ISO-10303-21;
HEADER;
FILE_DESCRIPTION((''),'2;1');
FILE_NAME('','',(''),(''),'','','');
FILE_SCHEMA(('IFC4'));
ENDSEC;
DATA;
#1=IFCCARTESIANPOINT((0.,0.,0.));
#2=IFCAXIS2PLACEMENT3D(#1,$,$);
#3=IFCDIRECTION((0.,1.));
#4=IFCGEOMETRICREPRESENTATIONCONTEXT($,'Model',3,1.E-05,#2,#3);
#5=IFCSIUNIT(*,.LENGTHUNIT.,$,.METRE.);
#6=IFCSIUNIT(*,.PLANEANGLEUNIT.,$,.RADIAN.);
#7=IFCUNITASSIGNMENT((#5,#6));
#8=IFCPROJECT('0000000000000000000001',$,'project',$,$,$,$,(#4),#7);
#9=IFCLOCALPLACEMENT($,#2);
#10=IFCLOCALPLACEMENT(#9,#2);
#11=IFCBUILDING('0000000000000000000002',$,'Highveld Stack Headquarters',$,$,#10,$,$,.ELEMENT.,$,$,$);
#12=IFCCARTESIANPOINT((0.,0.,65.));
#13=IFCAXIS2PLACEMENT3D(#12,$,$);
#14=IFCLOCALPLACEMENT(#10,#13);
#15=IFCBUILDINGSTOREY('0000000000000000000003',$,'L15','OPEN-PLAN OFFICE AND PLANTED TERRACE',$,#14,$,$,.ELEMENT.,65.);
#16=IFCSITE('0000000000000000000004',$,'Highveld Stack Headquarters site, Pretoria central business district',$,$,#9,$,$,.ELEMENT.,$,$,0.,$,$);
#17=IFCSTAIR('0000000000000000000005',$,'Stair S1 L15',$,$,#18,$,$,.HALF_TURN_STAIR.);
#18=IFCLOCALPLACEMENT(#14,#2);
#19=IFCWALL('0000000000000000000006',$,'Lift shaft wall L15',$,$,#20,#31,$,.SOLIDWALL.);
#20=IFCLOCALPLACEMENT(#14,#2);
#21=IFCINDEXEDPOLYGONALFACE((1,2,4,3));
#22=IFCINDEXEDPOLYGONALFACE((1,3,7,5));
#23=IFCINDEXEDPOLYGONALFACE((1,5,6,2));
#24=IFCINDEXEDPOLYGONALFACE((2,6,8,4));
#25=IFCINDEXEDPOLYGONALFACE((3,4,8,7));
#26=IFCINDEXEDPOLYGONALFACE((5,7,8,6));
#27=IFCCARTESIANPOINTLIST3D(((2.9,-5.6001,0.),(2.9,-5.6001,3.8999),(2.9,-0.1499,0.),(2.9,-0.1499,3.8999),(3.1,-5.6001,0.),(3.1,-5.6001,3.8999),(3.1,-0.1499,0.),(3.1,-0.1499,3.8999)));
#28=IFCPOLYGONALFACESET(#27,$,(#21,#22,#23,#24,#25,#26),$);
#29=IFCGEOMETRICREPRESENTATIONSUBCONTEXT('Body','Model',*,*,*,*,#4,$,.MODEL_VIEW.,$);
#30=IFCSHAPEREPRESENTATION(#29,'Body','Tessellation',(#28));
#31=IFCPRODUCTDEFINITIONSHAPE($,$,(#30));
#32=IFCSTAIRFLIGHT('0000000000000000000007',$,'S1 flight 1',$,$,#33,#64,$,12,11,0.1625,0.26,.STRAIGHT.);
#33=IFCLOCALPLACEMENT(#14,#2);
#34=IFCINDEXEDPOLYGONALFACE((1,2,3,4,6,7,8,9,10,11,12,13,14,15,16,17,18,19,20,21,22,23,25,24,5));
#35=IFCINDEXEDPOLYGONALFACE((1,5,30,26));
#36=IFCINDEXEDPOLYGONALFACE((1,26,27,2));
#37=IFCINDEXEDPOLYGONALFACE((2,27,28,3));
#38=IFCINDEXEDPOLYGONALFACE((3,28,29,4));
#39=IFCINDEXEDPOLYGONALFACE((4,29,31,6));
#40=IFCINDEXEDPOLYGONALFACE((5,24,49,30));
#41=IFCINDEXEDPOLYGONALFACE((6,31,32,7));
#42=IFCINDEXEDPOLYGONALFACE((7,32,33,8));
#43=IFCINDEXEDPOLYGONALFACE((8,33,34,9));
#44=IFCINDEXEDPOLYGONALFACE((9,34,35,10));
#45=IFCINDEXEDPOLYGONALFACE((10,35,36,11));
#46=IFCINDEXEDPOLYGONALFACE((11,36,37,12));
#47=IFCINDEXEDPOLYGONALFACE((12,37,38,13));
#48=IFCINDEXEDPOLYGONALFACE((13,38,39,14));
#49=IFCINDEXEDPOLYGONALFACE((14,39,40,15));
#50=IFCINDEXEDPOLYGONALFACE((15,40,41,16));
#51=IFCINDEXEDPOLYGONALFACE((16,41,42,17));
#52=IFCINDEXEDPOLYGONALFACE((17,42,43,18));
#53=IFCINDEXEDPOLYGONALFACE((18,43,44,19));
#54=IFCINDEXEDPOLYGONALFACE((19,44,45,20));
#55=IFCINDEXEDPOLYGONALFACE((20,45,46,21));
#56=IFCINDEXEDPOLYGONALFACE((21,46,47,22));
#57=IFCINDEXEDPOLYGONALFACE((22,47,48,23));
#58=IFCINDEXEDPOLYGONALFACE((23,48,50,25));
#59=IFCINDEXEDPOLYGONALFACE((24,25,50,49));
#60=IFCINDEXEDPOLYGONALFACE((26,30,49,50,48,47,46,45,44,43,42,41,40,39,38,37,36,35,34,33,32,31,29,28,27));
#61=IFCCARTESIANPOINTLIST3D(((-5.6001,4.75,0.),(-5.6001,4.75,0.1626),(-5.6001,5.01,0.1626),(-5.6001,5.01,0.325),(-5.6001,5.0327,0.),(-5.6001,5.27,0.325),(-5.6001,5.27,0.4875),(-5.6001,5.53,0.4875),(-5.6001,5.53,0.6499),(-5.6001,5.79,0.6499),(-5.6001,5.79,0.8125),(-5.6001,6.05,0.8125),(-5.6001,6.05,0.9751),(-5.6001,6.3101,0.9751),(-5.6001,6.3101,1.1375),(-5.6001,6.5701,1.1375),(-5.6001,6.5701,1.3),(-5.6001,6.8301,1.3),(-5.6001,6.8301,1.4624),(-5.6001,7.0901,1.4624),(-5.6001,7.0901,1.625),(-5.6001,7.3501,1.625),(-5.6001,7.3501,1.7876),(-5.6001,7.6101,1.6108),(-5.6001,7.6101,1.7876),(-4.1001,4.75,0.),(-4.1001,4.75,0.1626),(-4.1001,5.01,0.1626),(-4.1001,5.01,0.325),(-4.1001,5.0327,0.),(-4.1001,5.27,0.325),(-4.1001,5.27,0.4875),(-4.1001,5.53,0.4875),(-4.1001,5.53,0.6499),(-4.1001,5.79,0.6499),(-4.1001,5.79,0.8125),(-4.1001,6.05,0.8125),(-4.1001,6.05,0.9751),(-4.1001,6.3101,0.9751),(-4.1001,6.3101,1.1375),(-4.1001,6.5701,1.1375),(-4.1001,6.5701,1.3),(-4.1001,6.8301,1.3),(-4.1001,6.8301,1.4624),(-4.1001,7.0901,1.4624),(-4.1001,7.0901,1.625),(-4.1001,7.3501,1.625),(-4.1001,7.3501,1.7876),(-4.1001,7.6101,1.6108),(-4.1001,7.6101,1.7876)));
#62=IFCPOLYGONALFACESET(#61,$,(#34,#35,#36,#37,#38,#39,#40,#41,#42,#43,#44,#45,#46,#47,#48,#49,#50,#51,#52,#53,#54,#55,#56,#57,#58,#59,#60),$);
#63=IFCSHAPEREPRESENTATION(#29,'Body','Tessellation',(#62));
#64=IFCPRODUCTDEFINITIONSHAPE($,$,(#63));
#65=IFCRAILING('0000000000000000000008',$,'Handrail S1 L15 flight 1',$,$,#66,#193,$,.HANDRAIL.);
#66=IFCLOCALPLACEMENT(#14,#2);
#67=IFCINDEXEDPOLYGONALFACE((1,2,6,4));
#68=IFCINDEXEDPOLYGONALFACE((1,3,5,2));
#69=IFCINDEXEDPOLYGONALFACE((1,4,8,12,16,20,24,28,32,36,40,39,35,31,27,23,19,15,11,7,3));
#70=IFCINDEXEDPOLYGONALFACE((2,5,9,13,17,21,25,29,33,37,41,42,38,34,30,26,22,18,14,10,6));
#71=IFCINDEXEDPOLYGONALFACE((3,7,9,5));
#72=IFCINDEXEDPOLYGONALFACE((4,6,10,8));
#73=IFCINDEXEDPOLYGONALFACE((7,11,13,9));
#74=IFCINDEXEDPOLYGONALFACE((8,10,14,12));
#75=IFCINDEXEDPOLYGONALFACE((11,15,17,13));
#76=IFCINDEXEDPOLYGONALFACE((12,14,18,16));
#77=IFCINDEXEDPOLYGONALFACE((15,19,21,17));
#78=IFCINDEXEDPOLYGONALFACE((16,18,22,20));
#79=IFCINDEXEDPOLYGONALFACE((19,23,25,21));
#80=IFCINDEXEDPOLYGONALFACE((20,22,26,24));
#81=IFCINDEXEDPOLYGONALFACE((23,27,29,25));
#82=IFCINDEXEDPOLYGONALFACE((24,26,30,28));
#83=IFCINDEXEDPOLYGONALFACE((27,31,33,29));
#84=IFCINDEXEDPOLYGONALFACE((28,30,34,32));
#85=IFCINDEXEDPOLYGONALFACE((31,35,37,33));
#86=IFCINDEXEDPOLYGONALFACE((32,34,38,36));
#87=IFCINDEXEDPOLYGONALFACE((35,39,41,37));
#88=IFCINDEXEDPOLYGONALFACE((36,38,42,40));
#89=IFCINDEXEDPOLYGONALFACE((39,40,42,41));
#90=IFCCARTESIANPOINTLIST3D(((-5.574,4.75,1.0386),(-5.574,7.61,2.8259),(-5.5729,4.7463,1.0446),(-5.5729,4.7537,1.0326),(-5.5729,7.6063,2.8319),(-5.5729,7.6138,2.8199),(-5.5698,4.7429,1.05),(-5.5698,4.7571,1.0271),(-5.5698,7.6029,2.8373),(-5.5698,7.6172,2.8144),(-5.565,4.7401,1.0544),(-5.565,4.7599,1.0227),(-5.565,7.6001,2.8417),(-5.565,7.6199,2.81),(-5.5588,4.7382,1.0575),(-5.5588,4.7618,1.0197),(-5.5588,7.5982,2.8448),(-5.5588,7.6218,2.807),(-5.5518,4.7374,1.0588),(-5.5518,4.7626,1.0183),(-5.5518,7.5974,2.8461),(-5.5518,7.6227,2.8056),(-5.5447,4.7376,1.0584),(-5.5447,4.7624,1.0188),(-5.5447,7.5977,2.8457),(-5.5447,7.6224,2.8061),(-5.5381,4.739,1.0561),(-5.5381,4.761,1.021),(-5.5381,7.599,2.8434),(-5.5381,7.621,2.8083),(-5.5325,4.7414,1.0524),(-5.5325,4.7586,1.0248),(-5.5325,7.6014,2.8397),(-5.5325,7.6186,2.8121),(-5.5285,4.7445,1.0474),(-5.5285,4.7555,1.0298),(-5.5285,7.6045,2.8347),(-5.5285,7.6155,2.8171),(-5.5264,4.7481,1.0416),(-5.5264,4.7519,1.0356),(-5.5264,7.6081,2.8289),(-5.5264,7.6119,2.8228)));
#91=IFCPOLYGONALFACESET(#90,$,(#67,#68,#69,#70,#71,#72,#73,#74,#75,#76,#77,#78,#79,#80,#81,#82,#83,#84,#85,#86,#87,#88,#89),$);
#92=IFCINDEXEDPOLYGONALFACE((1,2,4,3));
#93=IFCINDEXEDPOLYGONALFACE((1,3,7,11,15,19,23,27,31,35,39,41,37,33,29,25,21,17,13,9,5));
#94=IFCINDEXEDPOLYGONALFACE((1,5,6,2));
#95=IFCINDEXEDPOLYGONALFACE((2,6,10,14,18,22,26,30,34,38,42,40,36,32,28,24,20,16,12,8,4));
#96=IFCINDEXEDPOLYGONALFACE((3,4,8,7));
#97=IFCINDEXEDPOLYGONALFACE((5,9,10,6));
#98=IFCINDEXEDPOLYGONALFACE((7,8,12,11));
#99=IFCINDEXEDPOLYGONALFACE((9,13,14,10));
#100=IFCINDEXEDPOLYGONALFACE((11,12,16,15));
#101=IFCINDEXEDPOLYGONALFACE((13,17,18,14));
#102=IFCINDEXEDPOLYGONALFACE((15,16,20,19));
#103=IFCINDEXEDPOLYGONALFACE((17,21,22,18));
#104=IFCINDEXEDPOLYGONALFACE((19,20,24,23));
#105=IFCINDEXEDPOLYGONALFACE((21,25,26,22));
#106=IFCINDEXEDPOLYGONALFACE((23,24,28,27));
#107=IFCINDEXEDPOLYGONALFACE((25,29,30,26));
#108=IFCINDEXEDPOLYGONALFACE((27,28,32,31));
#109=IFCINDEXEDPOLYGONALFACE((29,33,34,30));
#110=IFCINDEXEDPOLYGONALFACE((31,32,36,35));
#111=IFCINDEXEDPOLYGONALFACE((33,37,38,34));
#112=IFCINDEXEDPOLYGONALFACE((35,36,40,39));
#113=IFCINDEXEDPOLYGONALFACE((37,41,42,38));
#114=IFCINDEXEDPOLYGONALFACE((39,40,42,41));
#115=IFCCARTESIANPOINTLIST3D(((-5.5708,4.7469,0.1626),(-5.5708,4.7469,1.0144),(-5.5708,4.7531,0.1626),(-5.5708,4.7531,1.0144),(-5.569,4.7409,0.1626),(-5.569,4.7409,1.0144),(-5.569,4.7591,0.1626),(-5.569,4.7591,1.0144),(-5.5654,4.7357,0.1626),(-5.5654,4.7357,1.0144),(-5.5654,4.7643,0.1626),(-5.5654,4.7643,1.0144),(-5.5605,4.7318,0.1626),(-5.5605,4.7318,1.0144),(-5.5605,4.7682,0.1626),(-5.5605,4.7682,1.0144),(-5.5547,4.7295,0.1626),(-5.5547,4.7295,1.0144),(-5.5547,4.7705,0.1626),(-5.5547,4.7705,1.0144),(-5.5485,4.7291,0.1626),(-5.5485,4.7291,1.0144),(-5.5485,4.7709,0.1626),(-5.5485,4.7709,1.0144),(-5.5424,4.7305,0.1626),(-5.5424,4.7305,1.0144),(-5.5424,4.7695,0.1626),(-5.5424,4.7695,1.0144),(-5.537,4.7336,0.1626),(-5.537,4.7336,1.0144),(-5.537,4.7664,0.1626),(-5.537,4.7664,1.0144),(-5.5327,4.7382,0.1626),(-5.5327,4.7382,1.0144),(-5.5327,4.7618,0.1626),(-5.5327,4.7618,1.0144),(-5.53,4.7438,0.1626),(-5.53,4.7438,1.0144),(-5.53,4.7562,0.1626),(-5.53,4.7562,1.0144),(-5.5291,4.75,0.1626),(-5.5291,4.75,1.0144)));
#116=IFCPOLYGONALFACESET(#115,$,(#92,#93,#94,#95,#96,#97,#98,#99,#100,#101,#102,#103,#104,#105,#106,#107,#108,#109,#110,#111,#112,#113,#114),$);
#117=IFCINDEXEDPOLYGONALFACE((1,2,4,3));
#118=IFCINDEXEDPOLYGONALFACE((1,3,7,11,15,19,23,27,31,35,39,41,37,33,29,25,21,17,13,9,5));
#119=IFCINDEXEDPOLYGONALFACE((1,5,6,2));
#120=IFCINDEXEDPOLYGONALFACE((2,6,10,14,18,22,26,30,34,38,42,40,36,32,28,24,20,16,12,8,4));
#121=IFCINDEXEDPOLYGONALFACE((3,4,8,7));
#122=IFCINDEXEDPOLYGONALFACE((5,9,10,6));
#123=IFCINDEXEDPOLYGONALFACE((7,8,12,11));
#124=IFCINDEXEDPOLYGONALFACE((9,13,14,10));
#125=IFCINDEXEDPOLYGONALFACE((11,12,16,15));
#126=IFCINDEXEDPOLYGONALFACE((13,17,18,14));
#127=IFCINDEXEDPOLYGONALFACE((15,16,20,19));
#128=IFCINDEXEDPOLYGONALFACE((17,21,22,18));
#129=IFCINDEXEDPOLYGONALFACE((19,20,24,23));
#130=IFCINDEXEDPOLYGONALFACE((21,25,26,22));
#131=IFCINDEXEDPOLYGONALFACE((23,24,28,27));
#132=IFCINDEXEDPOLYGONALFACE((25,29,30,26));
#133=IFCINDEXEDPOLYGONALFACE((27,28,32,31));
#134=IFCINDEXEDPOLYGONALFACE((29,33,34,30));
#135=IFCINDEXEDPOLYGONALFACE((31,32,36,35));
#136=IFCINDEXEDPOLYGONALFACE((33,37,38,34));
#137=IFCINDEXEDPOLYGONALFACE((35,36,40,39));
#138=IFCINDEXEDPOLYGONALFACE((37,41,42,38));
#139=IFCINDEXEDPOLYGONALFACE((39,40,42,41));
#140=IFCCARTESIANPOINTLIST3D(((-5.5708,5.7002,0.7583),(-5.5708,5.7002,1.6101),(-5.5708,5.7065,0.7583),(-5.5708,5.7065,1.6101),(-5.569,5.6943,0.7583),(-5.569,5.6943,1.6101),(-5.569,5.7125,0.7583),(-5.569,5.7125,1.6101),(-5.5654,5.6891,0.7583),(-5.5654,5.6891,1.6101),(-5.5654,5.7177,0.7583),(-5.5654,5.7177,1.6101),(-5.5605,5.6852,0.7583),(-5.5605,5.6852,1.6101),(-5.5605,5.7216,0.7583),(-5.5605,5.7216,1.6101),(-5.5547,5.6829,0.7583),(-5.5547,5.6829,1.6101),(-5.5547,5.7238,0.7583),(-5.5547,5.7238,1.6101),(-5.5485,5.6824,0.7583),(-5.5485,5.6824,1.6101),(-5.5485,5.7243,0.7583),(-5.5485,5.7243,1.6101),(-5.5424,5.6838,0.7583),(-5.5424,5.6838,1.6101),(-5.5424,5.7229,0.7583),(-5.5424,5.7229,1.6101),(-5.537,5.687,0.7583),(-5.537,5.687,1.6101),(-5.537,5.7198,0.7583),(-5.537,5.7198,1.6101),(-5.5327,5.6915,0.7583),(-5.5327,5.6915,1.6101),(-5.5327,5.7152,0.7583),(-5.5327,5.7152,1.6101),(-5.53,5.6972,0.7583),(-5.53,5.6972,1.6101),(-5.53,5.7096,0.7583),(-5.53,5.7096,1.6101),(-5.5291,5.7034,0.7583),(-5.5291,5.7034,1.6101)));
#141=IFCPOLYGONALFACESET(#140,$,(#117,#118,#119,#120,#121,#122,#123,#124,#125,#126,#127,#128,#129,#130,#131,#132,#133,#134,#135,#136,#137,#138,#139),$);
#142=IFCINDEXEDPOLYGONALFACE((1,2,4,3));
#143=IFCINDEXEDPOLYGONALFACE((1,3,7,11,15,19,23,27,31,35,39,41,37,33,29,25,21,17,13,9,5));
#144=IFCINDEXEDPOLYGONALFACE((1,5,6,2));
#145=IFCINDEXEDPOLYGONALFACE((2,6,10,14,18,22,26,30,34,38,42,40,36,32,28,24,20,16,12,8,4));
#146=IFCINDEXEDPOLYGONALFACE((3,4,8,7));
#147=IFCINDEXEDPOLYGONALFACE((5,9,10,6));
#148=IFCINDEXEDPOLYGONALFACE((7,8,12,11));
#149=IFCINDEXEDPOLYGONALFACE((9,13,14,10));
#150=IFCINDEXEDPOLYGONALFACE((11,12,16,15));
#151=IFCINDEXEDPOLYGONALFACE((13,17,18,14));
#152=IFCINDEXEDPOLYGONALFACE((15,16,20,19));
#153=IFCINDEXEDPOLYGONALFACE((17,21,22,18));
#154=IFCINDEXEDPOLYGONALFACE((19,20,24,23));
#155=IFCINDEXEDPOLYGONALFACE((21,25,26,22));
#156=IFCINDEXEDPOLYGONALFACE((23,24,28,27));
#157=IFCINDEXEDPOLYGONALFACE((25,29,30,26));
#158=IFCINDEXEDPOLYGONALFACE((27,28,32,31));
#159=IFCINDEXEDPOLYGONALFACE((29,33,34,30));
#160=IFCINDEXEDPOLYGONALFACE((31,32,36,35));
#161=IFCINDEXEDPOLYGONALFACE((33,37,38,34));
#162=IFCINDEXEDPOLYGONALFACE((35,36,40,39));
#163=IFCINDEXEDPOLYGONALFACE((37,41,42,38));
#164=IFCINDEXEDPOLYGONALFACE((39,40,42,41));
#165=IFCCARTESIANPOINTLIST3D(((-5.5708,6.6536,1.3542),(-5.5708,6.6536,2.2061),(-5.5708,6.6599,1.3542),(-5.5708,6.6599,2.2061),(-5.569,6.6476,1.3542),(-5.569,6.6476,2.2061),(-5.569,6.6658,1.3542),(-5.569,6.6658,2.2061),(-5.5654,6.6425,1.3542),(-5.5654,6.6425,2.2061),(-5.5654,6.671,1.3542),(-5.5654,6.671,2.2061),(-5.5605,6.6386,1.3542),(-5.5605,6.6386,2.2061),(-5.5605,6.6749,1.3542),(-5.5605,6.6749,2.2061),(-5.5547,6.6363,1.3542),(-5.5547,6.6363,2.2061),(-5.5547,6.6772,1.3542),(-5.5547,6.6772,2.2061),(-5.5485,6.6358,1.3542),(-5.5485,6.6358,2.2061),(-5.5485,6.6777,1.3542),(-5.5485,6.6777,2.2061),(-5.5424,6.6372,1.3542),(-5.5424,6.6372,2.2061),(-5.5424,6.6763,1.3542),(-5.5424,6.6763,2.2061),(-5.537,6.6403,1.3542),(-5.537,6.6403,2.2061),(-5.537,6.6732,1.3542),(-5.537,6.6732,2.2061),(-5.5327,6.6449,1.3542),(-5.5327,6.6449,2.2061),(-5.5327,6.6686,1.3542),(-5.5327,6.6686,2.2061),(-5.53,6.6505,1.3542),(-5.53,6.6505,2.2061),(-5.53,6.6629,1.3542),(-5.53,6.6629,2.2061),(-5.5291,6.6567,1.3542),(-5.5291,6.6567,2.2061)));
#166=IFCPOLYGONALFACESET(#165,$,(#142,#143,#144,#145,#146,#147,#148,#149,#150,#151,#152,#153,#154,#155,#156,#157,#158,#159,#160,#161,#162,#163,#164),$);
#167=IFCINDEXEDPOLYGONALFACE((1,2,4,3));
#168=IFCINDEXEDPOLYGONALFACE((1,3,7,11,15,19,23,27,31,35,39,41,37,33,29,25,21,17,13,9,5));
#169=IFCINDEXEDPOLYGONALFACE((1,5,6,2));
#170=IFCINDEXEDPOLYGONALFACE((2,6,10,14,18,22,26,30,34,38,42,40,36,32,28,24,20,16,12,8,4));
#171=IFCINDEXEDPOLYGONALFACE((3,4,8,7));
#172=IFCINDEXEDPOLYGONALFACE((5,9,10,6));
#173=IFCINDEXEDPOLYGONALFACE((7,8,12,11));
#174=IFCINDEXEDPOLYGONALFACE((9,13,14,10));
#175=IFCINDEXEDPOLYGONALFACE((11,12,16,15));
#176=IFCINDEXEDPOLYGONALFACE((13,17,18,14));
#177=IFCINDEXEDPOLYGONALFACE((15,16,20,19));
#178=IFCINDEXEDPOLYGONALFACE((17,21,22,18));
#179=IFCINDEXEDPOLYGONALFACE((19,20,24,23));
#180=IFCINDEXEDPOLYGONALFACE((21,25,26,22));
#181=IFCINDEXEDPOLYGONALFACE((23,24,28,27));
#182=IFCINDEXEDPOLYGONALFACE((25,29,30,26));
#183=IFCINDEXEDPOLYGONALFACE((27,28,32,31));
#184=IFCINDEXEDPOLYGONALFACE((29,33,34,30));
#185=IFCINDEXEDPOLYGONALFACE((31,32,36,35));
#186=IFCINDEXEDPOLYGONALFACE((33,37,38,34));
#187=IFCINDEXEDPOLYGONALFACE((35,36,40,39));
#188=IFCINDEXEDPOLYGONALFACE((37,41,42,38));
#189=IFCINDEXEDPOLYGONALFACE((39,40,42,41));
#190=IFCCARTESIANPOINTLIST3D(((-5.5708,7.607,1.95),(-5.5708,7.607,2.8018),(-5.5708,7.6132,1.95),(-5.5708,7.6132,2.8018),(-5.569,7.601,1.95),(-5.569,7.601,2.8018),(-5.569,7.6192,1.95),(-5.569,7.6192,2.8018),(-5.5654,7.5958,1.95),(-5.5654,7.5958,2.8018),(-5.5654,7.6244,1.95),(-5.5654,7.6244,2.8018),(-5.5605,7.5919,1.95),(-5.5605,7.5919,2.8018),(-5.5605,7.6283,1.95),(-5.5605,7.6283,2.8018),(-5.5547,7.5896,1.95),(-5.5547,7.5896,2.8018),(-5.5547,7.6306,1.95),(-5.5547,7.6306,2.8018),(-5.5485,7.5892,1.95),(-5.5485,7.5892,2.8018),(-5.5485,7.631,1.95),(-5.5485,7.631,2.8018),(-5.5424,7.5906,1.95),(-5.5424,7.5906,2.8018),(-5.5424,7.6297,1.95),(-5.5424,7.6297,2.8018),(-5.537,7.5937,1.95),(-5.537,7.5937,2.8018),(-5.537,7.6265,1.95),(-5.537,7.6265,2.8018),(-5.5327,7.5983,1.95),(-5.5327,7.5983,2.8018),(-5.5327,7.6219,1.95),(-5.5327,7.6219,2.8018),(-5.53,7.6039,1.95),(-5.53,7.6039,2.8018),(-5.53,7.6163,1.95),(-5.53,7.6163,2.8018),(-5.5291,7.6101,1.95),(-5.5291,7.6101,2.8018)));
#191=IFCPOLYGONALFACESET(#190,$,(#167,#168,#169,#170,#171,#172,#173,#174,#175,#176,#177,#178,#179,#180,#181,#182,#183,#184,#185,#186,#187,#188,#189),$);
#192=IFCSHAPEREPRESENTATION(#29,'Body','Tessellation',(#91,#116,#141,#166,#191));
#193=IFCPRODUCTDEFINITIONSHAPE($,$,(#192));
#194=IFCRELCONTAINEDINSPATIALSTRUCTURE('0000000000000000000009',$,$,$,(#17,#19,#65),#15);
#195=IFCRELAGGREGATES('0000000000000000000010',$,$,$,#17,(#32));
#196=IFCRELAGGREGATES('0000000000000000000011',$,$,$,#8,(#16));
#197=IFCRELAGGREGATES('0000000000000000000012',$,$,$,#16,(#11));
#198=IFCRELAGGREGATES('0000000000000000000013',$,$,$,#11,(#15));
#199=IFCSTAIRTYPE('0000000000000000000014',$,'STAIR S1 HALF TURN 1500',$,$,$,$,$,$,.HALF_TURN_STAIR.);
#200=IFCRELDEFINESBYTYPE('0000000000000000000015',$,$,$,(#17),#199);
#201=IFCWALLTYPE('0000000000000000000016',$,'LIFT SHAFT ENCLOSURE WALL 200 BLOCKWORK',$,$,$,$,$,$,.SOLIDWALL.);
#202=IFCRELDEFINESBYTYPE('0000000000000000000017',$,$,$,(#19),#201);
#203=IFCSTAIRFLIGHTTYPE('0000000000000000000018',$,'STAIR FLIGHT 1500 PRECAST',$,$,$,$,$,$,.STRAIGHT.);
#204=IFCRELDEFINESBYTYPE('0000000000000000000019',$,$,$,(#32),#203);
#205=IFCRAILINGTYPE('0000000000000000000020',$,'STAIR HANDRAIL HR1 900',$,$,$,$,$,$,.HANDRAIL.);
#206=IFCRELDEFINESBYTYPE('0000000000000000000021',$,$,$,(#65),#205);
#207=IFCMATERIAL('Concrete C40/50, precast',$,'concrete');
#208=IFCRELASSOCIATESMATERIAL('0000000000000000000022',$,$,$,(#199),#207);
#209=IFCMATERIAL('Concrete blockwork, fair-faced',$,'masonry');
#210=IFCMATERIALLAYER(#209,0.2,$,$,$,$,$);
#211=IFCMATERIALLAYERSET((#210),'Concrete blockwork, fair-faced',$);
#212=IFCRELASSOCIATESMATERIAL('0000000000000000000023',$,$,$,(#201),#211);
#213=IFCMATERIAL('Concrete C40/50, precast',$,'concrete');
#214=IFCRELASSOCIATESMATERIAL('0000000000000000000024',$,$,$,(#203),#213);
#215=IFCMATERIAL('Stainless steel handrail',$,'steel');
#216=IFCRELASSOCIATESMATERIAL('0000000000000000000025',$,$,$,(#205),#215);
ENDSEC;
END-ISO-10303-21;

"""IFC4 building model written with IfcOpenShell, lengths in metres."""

from ifc_helpers import new_model, si_unit, direction, frame, frame_2d, origin, origin_2d, place, context, subcontext, project, spatial, polyline, rectangle, circle, outline, extrude, material, layer, layer_set, type_object, element, aggregate, save


model = new_model("IFC4")

# Units and contexts
model_context = context("Model", 3, precision=1e-05, world=origin(), true_north=direction((0.0, 1.0)))
body_context = subcontext(model_context, "Body", "Model", "MODEL_VIEW")
ifc_project = project(units=[si_unit("LENGTHUNIT", "METRE"), si_unit("PLANEANGLEUNIT", "RADIAN")], contexts=[model_context])

# Site, building, storey
site_placement = place(None, origin())
site = spatial("IfcSite", under=ifc_project, at=site_placement, Name="Highveld Stack Headquarters site, Pretoria central business district", CompositionType="ELEMENT", RefElevation=0.0)
building_placement = place(site_placement, origin())
building = spatial("IfcBuilding", under=site, at=building_placement, Name="Highveld Stack Headquarters", CompositionType="ELEMENT")
storey_placement = place(building_placement, frame((0.0, 0.0, 65.0)))
storey = spatial("IfcBuildingStorey", under=building, at=storey_placement, Name="L15", Description="OPEN-PLAN OFFICE AND PLANTED TERRACE", CompositionType="ELEMENT", Elevation=65.0)

# Stair
ifc_material_1 = material(Name="Concrete C40/50, precast", Category="concrete")
stair_type_1 = type_object("IfcStairType", Name="STAIR S1 HALF TURN 1500", PredefinedType="HALF_TURN_STAIR", material=ifc_material_1)
stair_1_placement = place(storey_placement, origin())
stair_1 = element("IfcStair", 1, at=stair_1_placement, inside=storey, type_object=stair_type_1, Name="Stair S1 L15", PredefinedType="HALF_TURN_STAIR")

# Wall
ifc_material_2 = material(Name="Concrete blockwork, fair-faced", Category="masonry")
ifc_layer_1 = layer(ifc_material_2, 0.2)
ifc_layer_set_1 = layer_set([ifc_layer_1], Name="Concrete blockwork, fair-faced")
wall_type_1 = type_object("IfcWallType", Name="LIFT SHAFT ENCLOSURE WALL 200 BLOCKWORK", PredefinedType="SOLIDWALL", material=ifc_layer_set_1)
wall_1_placement = place(storey_placement, frame((3.0, -5.6001, 0.0), z_axis=(0.0, 0.0, 1.0), x_axis=(0.0, 1.0, 0.0)))
element("IfcWall", 2, at=wall_1_placement, inside=storey, type_object=wall_type_1, Name="Lift shaft wall L15", PredefinedType="SOLIDWALL", context=body_context, shape_type="SweptSolid", body=[
    extrude(rectangle(XDim=5.4502, YDim=0.2, at=frame_2d((2.7251, 0.0))), origin(), (0.0, 0.0, 1.0), 3.8999),
])

# Stair flight
ifc_material_3 = material(Name="Concrete C40/50, precast", Category="concrete")
stair_flight_type = type_object("IfcStairFlightType", Name="STAIR FLIGHT 1500 PRECAST", PredefinedType="STRAIGHT", material=ifc_material_3)
stair_flight_placement = place(storey_placement, frame((-4.8501, 4.75, 0.0), z_axis=(0.0, 0.0, 1.0), x_axis=(0.0, 1.0, 0.0)))
stair_flight = element("IfcStairFlight", 3, at=stair_flight_placement, type_object=stair_flight_type, Name="S1 flight 1", NumberOfRisers=12, NumberOfTreads=11, PredefinedType="STRAIGHT", RiserHeight=0.1625, TreadLength=0.26, context=body_context, shape_type="SweptSolid", body=[
    extrude(outline(polyline([(0.0, 0.0), (0.0, 0.1626), (0.26, 0.1626), (0.26, 0.325), (0.52, 0.325), (0.52, 0.4875), (0.78, 0.4875), (0.78, 0.6499), (1.04, 0.6499), (1.04, 0.8125), (1.3, 0.8125), (1.3, 0.9751), (1.5601, 0.9751), (1.5601, 1.1375), (1.8201, 1.1375), (1.8201, 1.3), (2.0801, 1.3), (2.0801, 1.4624), (2.3401, 1.4624), (2.3401, 1.625), (2.6001, 1.625), (2.6001, 1.7876), (2.8601, 1.7876), (2.8601, 1.95), (2.8601, 1.6108), (0.2827, 0.0), (0.0, 0.0)])), frame((0.0, 0.75, 0.0), z_axis=(0.0, -1.0, 0.0), x_axis=(1.0, 0.0, 0.0)), (0.0, 0.0, 1.0), 1.5),
])
aggregate(stair_1, [stair_flight])

# Railing
ifc_material_4 = material(Name="Stainless steel handrail", Category="steel")
railing_type = type_object("IfcRailingType", Name="STAIR HANDRAIL HR1 900", PredefinedType="HANDRAIL", material=ifc_material_4)
for number, where, name in (
    (4, (-5.55, 4.75, 0.1626), "Handrail S1 L15 flight 1"),
):
    element("IfcRailing", number, at=place(storey_placement, frame(where)), inside=storey, type_object=railing_type, Name=name, PredefinedType="HANDRAIL", context=body_context, shape_type="SweptSolid", body=[
        extrude(circle(Radius=0.0239, at=origin_2d()), frame((0.0, 0.0, 0.876), z_axis=(0.0, 0.848027, 0.529953), x_axis=(-1.0, 0.0, 0.0)), (0.0, 0.0, 1.0), 3.3726),
        extrude(circle(Radius=0.021, at=origin_2d()), origin(), (0.0, 0.0, 1.0), 0.8518),
        extrude(circle(Radius=0.021, at=origin_2d()), frame((0.0, 0.9534, 0.5957)), (0.0, 0.0, 1.0), 0.8518),
        extrude(circle(Radius=0.021, at=origin_2d()), frame((0.0, 1.9067, 1.1917)), (0.0, 0.0, 1.0), 0.8518),
        extrude(circle(Radius=0.021, at=origin_2d()), frame((0.0, 2.8601, 1.7874)), (0.0, 0.0, 1.0), 0.8518),
    ])

save(model, "model.ifc")
